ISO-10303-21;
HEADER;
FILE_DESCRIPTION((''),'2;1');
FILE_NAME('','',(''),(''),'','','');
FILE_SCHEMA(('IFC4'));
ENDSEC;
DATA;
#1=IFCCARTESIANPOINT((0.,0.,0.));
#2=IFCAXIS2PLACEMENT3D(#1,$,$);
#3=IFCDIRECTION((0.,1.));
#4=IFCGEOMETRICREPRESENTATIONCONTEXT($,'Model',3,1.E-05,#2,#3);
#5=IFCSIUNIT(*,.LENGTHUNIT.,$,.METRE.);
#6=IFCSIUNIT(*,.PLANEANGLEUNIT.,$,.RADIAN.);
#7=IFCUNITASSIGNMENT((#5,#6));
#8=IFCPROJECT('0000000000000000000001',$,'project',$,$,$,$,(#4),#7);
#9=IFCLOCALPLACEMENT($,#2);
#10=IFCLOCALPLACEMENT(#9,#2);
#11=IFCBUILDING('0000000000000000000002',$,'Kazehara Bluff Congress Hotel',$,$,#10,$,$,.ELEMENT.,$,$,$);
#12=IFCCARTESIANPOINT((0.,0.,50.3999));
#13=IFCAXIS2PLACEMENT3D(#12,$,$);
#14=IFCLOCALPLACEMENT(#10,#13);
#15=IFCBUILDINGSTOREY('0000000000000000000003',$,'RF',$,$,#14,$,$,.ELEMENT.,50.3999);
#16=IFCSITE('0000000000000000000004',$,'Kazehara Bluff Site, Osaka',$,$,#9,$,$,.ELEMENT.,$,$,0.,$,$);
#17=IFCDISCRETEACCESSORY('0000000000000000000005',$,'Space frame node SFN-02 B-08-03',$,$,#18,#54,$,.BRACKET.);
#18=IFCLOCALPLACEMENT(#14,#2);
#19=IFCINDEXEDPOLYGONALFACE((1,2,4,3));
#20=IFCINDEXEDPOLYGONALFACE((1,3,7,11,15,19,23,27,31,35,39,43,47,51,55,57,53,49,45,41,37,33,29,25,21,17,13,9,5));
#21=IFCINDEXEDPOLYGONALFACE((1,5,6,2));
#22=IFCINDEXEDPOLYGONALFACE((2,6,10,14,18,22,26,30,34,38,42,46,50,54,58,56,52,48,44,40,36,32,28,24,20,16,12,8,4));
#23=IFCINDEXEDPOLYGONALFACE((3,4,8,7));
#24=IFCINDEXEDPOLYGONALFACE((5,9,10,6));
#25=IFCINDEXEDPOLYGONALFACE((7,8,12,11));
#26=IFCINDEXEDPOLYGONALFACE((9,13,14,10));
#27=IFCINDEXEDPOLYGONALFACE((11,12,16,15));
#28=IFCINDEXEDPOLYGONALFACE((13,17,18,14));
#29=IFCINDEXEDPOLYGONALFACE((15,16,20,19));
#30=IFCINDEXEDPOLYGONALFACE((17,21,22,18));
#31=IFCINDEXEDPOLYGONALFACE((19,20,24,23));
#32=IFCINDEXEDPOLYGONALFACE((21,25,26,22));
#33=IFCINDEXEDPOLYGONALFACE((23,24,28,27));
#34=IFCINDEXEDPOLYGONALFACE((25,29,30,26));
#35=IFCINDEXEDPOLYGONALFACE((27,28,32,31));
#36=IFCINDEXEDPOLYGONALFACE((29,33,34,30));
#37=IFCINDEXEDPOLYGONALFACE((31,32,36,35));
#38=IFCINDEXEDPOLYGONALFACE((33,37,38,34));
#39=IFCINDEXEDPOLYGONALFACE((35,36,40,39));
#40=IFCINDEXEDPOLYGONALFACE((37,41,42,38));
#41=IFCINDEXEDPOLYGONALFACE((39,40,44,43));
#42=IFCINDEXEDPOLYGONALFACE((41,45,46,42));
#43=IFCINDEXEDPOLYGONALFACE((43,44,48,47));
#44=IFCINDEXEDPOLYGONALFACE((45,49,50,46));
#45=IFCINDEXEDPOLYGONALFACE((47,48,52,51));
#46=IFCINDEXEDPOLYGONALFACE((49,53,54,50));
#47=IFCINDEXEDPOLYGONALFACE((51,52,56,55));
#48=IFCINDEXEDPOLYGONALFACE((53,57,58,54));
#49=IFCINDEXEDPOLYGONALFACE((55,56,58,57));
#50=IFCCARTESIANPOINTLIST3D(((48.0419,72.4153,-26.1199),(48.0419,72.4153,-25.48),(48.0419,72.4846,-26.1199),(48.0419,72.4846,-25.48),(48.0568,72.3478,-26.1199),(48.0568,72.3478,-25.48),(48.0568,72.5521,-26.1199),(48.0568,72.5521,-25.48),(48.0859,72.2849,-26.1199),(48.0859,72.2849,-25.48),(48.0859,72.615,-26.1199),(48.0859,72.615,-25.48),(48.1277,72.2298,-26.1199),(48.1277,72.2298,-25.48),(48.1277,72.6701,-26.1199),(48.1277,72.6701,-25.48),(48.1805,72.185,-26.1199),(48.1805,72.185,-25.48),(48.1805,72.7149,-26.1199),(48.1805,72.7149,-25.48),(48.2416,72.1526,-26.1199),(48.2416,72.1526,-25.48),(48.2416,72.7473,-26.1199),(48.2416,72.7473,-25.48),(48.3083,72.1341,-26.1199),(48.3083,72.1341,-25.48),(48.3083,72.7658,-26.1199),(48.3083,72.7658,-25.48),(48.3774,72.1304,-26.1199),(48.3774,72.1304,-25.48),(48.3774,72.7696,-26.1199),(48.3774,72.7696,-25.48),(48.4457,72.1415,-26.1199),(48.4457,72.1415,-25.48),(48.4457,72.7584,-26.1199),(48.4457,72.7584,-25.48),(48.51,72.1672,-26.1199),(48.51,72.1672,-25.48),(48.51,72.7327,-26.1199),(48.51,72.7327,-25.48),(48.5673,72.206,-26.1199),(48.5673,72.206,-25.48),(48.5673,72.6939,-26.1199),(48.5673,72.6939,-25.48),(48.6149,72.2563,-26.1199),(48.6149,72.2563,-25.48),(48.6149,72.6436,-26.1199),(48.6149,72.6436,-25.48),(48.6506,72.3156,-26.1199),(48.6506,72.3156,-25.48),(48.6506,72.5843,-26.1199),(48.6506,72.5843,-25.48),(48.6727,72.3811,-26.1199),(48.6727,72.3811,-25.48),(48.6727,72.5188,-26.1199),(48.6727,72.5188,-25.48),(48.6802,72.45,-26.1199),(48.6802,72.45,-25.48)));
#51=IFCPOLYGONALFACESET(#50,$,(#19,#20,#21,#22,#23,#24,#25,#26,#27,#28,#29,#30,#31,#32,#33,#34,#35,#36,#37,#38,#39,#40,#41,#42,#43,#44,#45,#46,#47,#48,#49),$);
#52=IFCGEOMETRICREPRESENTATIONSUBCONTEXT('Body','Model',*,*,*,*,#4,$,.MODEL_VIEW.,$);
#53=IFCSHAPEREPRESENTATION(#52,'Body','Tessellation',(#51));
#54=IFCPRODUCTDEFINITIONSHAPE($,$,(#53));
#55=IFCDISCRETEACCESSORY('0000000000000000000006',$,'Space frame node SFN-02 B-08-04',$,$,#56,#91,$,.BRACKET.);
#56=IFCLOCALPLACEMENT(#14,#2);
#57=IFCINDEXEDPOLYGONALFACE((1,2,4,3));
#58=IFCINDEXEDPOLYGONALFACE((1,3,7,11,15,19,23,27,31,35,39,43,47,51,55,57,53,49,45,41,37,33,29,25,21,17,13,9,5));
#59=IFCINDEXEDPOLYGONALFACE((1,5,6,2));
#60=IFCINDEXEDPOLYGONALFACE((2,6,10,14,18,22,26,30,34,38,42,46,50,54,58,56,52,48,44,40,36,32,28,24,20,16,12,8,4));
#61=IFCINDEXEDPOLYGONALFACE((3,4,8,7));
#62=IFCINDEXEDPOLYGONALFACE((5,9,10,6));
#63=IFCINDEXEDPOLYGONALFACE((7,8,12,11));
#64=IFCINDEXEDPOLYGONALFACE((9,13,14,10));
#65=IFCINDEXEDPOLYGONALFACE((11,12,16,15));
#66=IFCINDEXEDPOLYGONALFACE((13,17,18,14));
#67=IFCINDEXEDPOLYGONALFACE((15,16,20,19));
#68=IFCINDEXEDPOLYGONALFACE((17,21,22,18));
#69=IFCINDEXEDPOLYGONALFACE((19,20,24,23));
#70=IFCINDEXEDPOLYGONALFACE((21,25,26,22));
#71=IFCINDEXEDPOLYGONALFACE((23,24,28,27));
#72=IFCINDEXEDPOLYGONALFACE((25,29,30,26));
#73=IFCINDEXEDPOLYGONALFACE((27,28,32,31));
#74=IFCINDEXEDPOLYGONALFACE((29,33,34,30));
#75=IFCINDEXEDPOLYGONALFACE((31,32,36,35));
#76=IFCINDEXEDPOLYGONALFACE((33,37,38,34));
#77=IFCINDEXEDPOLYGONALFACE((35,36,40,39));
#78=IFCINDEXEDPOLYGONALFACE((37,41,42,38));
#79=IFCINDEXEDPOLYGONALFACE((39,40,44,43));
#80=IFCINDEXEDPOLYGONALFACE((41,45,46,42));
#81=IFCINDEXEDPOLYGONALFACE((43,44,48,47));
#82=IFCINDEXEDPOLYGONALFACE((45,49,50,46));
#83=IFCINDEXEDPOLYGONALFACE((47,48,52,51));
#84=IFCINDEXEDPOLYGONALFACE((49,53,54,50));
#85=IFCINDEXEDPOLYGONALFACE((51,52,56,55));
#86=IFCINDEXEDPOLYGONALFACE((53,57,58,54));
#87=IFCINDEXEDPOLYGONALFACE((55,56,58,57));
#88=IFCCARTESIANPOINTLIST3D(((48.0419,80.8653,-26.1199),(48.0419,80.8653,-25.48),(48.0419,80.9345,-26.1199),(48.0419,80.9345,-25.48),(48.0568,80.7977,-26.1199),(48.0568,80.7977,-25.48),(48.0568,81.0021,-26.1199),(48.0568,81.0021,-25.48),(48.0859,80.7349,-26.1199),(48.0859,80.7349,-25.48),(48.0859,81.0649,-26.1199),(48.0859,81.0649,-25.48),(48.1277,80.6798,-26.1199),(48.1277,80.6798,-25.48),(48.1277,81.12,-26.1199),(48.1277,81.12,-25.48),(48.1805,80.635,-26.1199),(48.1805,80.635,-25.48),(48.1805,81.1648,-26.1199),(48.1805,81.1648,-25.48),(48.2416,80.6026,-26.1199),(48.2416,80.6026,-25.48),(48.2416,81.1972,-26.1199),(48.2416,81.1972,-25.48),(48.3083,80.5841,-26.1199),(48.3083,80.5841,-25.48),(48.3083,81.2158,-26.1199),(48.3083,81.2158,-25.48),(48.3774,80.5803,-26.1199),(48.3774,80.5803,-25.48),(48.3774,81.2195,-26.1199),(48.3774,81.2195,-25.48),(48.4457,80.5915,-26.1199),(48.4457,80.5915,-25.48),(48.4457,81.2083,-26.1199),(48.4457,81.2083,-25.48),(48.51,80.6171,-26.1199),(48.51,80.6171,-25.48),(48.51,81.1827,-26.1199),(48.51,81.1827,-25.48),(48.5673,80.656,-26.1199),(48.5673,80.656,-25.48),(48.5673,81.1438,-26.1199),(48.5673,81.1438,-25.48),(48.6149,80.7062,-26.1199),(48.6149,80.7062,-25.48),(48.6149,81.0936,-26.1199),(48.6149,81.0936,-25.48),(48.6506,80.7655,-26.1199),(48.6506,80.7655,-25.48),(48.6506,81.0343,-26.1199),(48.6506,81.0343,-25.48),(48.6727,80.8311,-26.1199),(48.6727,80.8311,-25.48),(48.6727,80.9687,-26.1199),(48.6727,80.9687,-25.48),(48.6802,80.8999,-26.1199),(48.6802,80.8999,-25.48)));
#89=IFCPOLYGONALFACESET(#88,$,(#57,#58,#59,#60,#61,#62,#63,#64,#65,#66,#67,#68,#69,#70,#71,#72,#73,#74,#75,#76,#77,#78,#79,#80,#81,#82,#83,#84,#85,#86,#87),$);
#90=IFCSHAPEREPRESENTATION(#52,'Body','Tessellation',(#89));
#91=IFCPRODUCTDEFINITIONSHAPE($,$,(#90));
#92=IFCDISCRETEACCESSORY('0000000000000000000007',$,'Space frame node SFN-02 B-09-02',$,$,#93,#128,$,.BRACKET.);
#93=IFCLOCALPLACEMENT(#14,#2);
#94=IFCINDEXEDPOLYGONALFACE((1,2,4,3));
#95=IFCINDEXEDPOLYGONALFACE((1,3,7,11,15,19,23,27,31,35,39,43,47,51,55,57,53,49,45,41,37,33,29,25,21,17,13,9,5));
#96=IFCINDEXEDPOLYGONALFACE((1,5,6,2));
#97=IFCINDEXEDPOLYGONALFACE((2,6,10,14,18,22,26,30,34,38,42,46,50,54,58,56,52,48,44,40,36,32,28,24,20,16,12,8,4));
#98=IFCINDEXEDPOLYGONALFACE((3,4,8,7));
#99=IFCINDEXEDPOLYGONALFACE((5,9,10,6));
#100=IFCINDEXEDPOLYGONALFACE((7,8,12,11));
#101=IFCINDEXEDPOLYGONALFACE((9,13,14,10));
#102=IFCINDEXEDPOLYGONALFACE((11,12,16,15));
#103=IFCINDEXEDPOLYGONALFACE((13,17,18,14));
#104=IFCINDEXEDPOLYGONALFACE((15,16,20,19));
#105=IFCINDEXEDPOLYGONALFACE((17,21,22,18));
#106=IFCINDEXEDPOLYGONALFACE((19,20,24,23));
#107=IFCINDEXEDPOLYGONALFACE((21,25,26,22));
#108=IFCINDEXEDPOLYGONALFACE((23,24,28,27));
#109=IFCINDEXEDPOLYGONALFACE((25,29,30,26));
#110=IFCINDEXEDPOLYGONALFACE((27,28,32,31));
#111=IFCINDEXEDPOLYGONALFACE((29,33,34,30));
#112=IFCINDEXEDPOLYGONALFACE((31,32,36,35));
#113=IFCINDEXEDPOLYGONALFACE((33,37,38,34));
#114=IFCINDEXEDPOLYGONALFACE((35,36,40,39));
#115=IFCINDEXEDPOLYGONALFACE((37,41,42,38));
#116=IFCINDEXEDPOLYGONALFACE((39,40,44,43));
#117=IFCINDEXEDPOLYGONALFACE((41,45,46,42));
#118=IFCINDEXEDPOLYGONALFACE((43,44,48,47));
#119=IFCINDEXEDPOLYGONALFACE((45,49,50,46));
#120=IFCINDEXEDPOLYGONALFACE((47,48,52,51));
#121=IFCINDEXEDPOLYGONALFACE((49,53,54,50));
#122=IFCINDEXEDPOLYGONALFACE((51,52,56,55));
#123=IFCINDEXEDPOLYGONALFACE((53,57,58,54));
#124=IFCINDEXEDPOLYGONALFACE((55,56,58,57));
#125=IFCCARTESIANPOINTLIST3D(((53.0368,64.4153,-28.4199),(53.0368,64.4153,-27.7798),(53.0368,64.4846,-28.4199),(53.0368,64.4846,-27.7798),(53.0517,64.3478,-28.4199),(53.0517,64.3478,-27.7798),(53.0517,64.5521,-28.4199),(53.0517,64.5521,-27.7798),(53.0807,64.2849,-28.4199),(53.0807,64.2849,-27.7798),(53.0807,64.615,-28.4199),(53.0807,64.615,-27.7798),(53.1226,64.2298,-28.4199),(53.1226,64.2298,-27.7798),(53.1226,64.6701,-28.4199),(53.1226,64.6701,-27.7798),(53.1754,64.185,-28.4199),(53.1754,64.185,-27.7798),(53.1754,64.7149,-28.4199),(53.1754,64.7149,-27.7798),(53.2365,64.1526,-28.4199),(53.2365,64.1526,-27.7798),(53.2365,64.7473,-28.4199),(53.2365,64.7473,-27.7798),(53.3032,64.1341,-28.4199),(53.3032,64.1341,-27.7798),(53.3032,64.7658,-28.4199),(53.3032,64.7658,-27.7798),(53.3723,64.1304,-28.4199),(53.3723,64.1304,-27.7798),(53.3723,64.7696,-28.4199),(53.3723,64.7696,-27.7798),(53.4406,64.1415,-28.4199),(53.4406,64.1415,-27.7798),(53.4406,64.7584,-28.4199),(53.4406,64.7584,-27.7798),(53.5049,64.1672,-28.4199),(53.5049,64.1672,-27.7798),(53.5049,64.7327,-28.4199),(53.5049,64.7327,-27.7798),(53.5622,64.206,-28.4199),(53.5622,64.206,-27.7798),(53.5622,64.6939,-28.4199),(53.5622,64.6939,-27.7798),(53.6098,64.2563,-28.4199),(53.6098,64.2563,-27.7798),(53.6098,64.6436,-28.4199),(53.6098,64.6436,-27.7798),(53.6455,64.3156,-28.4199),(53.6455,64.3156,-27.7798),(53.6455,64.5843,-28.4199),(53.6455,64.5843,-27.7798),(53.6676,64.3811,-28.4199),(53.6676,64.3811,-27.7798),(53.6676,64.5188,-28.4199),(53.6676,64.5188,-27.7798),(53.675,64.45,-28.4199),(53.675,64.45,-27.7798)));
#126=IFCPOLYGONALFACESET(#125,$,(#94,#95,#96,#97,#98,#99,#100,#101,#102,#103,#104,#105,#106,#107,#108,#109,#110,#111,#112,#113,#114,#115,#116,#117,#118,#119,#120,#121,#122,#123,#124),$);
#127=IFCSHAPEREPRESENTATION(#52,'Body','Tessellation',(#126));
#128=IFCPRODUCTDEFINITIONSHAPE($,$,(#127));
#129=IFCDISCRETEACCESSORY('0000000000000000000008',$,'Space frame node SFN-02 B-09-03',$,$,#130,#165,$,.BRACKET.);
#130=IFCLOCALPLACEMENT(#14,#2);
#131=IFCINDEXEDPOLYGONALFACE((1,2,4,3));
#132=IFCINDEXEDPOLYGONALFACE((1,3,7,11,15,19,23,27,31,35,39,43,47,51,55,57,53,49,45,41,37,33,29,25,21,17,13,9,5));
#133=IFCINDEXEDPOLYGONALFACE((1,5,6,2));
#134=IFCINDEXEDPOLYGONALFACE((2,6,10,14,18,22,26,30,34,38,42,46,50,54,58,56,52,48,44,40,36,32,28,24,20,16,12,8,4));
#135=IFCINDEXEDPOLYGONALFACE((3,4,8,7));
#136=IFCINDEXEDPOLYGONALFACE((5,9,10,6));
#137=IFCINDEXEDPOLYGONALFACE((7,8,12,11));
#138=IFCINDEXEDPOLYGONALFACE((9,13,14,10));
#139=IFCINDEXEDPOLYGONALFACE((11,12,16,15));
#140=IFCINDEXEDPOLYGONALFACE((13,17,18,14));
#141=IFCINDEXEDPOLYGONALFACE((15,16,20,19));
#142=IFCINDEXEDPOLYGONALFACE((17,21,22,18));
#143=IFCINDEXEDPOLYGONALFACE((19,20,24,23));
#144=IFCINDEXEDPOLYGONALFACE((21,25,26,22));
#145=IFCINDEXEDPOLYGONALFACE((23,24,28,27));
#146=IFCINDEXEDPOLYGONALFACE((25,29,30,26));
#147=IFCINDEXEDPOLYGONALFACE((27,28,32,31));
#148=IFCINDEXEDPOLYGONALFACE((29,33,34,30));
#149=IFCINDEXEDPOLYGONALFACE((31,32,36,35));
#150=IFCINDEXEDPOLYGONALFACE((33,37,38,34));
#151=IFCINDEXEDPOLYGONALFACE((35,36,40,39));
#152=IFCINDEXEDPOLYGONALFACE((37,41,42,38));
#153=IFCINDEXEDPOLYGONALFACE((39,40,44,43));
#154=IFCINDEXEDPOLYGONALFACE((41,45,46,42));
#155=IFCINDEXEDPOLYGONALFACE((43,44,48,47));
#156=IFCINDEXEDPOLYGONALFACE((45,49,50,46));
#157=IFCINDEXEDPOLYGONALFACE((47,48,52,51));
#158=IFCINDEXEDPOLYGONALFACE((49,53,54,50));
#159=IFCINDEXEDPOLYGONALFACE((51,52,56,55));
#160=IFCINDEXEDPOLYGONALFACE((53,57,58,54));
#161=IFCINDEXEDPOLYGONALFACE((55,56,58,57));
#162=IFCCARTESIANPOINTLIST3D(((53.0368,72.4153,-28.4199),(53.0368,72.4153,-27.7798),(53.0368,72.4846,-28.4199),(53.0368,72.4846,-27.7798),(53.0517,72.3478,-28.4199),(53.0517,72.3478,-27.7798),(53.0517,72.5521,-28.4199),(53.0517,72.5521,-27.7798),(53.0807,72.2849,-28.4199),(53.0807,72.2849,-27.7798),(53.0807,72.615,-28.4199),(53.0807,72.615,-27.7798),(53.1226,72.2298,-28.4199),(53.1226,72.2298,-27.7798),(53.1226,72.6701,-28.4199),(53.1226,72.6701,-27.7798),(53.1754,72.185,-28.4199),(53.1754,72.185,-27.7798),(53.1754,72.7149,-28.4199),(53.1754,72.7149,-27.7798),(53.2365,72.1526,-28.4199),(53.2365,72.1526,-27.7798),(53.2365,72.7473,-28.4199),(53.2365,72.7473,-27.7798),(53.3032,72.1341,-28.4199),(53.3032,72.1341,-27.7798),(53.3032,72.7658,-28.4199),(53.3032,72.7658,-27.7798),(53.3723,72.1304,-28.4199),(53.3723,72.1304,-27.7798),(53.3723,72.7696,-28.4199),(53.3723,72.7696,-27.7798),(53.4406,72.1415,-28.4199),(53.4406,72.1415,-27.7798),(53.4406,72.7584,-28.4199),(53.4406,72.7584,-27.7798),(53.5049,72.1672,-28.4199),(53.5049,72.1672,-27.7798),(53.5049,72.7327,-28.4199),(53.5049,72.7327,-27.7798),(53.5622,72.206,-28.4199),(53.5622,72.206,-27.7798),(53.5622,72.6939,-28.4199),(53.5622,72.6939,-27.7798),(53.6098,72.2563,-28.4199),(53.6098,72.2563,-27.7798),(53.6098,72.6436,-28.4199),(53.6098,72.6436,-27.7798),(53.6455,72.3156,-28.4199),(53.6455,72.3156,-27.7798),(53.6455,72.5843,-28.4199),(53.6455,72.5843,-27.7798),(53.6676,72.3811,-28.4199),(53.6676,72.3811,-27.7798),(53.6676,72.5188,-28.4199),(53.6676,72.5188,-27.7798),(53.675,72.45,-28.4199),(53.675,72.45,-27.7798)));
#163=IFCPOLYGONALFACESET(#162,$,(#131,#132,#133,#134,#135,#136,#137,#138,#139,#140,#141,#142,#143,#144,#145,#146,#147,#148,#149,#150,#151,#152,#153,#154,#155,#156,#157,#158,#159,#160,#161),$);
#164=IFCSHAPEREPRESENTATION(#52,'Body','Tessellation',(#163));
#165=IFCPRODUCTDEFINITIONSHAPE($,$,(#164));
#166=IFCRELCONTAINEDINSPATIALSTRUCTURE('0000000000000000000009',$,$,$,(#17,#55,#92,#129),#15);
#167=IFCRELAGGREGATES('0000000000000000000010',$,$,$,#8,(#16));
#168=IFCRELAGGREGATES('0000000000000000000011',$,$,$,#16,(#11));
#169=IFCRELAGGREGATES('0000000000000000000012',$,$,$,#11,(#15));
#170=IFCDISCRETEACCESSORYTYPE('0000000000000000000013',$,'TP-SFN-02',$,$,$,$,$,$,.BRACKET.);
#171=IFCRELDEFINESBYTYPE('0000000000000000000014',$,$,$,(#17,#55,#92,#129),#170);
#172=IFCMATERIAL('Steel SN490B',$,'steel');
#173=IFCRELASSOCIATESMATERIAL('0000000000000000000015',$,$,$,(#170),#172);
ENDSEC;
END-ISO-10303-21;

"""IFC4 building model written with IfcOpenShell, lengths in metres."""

from ifc_helpers import new_model, si_unit, direction, frame, origin, origin_2d, place, context, subcontext, project, spatial, circle, extrude, material, material_profile, profile_set, type_object, element, save


model = new_model("IFC4")

# Units and contexts
model_context = context("Model", 3, precision=1e-05, world=origin(), true_north=direction((0.0, 1.0)))
body_context = subcontext(model_context, "Body", "Model", "MODEL_VIEW")
ifc_project = project(units=[si_unit("LENGTHUNIT", "METRE"), si_unit("PLANEANGLEUNIT", "RADIAN")], contexts=[model_context])

# Site, building, storey
site_placement = place(None, origin())
site = spatial("IfcSite", under=ifc_project, at=site_placement, Name="Kazehara Bluff Site, Osaka", CompositionType="ELEMENT", RefElevation=0.0)
building_placement = place(site_placement, origin())
building = spatial("IfcBuilding", under=site, at=building_placement, Name="Kazehara Bluff Congress Hotel", CompositionType="ELEMENT")
storey_placement = place(building_placement, frame((0.0, 0.0, 50.3999)))
storey = spatial("IfcBuildingStorey", under=building, at=storey_placement, Name="RF", CompositionType="ELEMENT", Elevation=50.3999)

# Discrete accessories
ifc_material_1 = material(Name="Steel SN490B", Category="steel")
ifc_material_profile_1 = material_profile(ifc_material_1, circle(Radius=0.3201, at=origin_2d()))
ifc_profile_set_1 = profile_set([ifc_material_profile_1], Name="Steel SN490B")
discrete_accessory_type_1 = type_object("IfcDiscreteAccessoryType", Name="TP-SFN-02", PredefinedType="BRACKET", material=ifc_profile_set_1)
for number, where, z_axis, x_axis, name in (
    (1, (48.3601, 72.45, -26.1199), (0.0, 0.0, 1.0), (1.0, 0.0, 0.0), "Space frame node SFN-02 B-08-03"),
    (2, (48.3601, 80.8999, -26.1199), (0.0, 0.0, 1.0), (1.0, 0.0, 0.0), "Space frame node SFN-02 B-08-04"),
):
    element("IfcDiscreteAccessory", number, at=place(storey_placement, frame(where, z_axis=z_axis, x_axis=x_axis)), inside=storey, type_object=discrete_accessory_type_1, Name=name, PredefinedType="BRACKET", context=body_context, shape_type="SweptSolid", body=[
        extrude(circle(Radius=0.3201, at=origin_2d()), origin(), (0.0, 0.0, 1.0), 0.6399),
    ])
for number, where, z_axis, x_axis, name in (
    (3, (53.355, 64.45, -28.4199), (0.0, 0.0, 1.0), (1.0, 0.0, 0.0), "Space frame node SFN-02 B-09-02"),
    (4, (53.355, 72.45, -28.4199), (0.0, 0.0, 1.0), (1.0, 0.0, 0.0), "Space frame node SFN-02 B-09-03"),
):
    element("IfcDiscreteAccessory", number, at=place(storey_placement, frame(where, z_axis=z_axis, x_axis=x_axis)), inside=storey, type_object=discrete_accessory_type_1, Name=name, PredefinedType="BRACKET", context=body_context, shape_type="SweptSolid", body=[
        extrude(circle(Radius=0.3201, at=origin_2d()), origin(), (0.0, 0.0, 1.0), 0.6401),
    ])

save(model, "model.ifc")
